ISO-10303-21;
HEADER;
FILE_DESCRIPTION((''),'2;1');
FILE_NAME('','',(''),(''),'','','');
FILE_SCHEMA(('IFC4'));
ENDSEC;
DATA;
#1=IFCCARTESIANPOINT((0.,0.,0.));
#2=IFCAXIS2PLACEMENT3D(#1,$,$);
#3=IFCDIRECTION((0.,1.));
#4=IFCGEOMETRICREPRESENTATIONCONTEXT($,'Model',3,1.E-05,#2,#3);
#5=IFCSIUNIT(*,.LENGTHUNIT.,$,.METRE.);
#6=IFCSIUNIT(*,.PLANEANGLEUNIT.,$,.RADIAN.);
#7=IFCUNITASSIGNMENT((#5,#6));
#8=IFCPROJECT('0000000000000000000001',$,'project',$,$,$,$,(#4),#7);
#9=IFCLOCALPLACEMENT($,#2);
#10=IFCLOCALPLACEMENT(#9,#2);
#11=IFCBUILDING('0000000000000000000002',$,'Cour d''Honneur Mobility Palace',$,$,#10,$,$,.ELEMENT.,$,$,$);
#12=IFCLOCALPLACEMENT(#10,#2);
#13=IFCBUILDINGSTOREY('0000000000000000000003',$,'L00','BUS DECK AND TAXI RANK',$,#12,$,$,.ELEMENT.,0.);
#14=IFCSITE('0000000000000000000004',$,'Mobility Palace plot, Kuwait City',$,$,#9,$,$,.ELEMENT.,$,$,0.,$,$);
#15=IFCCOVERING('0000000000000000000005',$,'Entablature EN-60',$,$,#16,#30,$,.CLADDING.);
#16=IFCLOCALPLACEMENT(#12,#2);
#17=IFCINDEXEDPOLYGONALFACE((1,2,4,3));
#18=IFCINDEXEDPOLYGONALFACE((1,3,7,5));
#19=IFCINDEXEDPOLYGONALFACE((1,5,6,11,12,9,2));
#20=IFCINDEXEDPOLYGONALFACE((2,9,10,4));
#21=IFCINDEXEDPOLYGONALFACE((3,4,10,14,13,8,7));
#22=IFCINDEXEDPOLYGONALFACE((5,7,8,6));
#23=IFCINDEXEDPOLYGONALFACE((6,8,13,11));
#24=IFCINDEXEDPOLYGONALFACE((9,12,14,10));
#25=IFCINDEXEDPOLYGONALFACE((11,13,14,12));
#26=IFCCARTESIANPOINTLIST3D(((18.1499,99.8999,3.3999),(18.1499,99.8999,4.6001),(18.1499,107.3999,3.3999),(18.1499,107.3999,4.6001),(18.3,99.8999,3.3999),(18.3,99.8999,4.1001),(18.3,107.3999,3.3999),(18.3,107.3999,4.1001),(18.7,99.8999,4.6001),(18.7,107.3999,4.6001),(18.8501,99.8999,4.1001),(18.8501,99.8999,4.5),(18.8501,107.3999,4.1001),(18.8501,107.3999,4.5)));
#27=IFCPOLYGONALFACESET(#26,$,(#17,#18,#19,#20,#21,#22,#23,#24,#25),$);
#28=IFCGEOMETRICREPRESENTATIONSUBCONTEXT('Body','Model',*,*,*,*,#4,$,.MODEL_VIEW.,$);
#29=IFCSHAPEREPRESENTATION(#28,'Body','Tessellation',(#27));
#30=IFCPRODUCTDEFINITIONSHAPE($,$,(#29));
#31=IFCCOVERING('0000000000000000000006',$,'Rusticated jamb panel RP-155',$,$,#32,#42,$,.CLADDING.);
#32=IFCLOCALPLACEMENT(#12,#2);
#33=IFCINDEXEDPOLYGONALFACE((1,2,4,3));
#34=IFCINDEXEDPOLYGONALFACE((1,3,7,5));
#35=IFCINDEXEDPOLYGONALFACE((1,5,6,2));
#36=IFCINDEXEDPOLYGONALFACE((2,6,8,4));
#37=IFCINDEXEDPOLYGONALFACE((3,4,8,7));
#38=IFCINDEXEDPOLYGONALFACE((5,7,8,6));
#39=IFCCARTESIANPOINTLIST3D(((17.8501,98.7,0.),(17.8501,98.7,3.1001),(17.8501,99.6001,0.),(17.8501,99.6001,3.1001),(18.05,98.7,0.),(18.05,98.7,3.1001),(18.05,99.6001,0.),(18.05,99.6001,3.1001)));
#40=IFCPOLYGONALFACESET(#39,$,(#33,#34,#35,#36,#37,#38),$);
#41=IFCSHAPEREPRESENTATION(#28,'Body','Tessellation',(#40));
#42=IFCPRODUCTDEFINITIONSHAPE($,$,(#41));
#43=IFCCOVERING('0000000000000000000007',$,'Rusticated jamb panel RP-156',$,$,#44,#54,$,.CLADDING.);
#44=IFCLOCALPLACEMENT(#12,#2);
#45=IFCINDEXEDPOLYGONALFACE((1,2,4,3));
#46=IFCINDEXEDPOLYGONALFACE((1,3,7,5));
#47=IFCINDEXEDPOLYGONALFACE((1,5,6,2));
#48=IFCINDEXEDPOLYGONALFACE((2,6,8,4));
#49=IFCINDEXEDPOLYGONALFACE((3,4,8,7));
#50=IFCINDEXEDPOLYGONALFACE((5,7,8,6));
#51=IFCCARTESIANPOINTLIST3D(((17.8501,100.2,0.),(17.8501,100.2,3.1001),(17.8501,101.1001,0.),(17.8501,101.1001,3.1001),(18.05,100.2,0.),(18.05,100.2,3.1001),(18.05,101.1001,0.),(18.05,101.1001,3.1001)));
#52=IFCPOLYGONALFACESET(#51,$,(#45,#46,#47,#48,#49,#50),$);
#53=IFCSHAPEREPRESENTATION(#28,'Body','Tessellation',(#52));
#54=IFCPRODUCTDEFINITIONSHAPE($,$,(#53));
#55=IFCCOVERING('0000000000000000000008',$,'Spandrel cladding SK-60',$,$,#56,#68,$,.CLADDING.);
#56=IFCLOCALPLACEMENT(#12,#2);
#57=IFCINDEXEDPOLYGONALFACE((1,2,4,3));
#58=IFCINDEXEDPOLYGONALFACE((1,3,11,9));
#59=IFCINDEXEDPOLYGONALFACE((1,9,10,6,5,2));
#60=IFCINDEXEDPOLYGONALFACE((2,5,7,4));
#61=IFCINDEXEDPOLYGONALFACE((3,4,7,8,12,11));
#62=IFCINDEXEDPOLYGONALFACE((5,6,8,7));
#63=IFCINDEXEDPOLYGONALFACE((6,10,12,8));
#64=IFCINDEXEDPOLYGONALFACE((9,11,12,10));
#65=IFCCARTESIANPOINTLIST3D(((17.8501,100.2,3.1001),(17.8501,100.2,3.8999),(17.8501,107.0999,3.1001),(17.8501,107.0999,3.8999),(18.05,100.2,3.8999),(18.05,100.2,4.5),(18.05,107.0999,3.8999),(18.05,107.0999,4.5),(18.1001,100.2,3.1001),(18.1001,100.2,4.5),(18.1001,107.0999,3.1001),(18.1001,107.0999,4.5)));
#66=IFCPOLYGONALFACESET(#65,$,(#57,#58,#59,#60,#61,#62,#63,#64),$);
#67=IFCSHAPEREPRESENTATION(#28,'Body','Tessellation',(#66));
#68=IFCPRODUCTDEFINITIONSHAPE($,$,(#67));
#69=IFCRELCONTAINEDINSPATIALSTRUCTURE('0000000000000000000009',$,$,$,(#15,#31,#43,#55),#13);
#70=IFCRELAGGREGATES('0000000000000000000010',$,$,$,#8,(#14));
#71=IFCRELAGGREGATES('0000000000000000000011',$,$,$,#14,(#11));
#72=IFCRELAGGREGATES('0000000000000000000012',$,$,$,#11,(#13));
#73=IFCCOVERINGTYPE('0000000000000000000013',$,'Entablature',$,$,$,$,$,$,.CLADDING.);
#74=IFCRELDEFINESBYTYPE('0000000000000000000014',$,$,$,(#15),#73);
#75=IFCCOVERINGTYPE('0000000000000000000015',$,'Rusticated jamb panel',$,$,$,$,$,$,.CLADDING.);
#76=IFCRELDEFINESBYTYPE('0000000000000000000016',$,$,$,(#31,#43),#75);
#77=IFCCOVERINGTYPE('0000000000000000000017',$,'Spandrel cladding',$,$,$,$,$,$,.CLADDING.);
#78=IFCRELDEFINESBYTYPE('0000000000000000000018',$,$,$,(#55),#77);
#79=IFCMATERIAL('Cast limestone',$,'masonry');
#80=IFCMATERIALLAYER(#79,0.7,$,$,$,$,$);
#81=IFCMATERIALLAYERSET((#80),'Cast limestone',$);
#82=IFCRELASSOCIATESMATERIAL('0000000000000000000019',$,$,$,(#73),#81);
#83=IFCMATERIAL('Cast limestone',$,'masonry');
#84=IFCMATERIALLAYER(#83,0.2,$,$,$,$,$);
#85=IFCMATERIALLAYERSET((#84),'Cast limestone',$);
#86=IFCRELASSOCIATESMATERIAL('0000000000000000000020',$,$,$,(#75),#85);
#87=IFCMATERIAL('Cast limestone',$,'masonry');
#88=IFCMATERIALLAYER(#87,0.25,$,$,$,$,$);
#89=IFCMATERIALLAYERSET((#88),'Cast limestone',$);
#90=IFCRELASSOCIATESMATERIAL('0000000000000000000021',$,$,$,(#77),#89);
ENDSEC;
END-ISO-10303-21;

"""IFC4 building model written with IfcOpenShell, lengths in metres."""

from ifc_helpers import new_model, si_unit, direction, frame, origin, place, context, subcontext, project, spatial, polyline, outline, extrude, material, layer, layer_set, type_object, element, save


model = new_model("IFC4")

# Units and contexts
model_context = context("Model", 3, precision=1e-05, world=origin(), true_north=direction((0.0, 1.0)))
body_context = subcontext(model_context, "Body", "Model", "MODEL_VIEW")
ifc_project = project(units=[si_unit("LENGTHUNIT", "METRE"), si_unit("PLANEANGLEUNIT", "RADIAN")], contexts=[model_context])

# Site, building, storey
site_placement = place(None, origin())
site = spatial("IfcSite", under=ifc_project, at=site_placement, Name="Mobility Palace plot, Kuwait City", CompositionType="ELEMENT", RefElevation=0.0)
building_placement = place(site_placement, origin())
building = spatial("IfcBuilding", under=site, at=building_placement, Name="Cour d'Honneur Mobility Palace", CompositionType="ELEMENT")
storey_placement = place(building_placement, origin())
storey = spatial("IfcBuildingStorey", under=building, at=storey_placement, Name="L00", Description="BUS DECK AND TAXI RANK", CompositionType="ELEMENT", Elevation=0.0)

# Coverings
ifc_material_1 = material(Name="Cast limestone", Category="masonry")
ifc_layer_1 = layer(ifc_material_1, 0.7)
ifc_layer_set_1 = layer_set([ifc_layer_1], Name="Cast limestone")
covering_type_1 = type_object("IfcCoveringType", Name="Entablature", PredefinedType="CLADDING", material=ifc_layer_set_1)
covering_1_placement = place(storey_placement, frame((18.1499, 99.8999, 3.3999), z_axis=(0.0, -1.0, 0.0), x_axis=(1.0, 0.0, 0.0)))
element("IfcCovering", 1, at=covering_1_placement, inside=storey, type_object=covering_type_1, Name="Entablature EN-60", PredefinedType="CLADDING", context=body_context, shape_type="SweptSolid", body=[
    extrude(outline(polyline([(0.0, 0.0), (0.1501, 0.0), (0.1501, 0.7002), (0.7002, 0.7002), (0.7002, 1.1001), (0.55, 1.2002), (0.0, 1.2002), (0.0, 0.0)])), origin(), (0.0, 0.0, -1.0), 7.5),
])
ifc_material_2 = material(Name="Cast limestone", Category="masonry")
ifc_layer_2 = layer(ifc_material_2, 0.2)
ifc_layer_set_2 = layer_set([ifc_layer_2], Name="Cast limestone")
covering_type_2 = type_object("IfcCoveringType", Name="Rusticated jamb panel", PredefinedType="CLADDING", material=ifc_layer_set_2)
for number, where, z_axis, x_axis, name in (
    (2, (18.05, 98.7, 0.0), (1.0, 0.0, 0.0), (0.0, 1.0, 0.0), "Rusticated jamb panel RP-155"),
    (3, (18.05, 100.2, 0.0), (1.0, 0.0, 0.0), (0.0, 1.0, 0.0), "Rusticated jamb panel RP-156"),
):
    element("IfcCovering", number, at=place(storey_placement, frame(where, z_axis=z_axis, x_axis=x_axis)), inside=storey, type_object=covering_type_2, Name=name, PredefinedType="CLADDING", context=body_context, shape_type="SweptSolid", body=[
        extrude(outline(polyline([(0.0, 0.0), (0.9001, 0.0), (0.9001, 3.1001), (0.0, 3.1001), (0.0, 0.0)])), origin(), (0.0, 0.0, -1.0), 0.2),
    ])
ifc_material_3 = material(Name="Cast limestone", Category="masonry")
ifc_layer_3 = layer(ifc_material_3, 0.25)
ifc_layer_set_3 = layer_set([ifc_layer_3], Name="Cast limestone")
covering_type_3 = type_object("IfcCoveringType", Name="Spandrel cladding", PredefinedType="CLADDING", material=ifc_layer_set_3)
covering_2_placement = place(storey_placement, frame((17.8501, 100.2, 3.1001), z_axis=(0.0, -1.0, 0.0), x_axis=(1.0, 0.0, 0.0)))
element("IfcCovering", 4, at=covering_2_placement, inside=storey, type_object=covering_type_3, Name="Spandrel cladding SK-60", PredefinedType="CLADDING", context=body_context, shape_type="SweptSolid", body=[
    extrude(outline(polyline([(0.0, 0.0), (0.25, 0.0), (0.25, 1.3999), (0.2, 1.3999), (0.2, 0.7998), (0.0, 0.7998), (0.0, 0.0)])), origin(), (0.0, 0.0, -1.0), 6.8999),
])

save(model, "model.ifc")
